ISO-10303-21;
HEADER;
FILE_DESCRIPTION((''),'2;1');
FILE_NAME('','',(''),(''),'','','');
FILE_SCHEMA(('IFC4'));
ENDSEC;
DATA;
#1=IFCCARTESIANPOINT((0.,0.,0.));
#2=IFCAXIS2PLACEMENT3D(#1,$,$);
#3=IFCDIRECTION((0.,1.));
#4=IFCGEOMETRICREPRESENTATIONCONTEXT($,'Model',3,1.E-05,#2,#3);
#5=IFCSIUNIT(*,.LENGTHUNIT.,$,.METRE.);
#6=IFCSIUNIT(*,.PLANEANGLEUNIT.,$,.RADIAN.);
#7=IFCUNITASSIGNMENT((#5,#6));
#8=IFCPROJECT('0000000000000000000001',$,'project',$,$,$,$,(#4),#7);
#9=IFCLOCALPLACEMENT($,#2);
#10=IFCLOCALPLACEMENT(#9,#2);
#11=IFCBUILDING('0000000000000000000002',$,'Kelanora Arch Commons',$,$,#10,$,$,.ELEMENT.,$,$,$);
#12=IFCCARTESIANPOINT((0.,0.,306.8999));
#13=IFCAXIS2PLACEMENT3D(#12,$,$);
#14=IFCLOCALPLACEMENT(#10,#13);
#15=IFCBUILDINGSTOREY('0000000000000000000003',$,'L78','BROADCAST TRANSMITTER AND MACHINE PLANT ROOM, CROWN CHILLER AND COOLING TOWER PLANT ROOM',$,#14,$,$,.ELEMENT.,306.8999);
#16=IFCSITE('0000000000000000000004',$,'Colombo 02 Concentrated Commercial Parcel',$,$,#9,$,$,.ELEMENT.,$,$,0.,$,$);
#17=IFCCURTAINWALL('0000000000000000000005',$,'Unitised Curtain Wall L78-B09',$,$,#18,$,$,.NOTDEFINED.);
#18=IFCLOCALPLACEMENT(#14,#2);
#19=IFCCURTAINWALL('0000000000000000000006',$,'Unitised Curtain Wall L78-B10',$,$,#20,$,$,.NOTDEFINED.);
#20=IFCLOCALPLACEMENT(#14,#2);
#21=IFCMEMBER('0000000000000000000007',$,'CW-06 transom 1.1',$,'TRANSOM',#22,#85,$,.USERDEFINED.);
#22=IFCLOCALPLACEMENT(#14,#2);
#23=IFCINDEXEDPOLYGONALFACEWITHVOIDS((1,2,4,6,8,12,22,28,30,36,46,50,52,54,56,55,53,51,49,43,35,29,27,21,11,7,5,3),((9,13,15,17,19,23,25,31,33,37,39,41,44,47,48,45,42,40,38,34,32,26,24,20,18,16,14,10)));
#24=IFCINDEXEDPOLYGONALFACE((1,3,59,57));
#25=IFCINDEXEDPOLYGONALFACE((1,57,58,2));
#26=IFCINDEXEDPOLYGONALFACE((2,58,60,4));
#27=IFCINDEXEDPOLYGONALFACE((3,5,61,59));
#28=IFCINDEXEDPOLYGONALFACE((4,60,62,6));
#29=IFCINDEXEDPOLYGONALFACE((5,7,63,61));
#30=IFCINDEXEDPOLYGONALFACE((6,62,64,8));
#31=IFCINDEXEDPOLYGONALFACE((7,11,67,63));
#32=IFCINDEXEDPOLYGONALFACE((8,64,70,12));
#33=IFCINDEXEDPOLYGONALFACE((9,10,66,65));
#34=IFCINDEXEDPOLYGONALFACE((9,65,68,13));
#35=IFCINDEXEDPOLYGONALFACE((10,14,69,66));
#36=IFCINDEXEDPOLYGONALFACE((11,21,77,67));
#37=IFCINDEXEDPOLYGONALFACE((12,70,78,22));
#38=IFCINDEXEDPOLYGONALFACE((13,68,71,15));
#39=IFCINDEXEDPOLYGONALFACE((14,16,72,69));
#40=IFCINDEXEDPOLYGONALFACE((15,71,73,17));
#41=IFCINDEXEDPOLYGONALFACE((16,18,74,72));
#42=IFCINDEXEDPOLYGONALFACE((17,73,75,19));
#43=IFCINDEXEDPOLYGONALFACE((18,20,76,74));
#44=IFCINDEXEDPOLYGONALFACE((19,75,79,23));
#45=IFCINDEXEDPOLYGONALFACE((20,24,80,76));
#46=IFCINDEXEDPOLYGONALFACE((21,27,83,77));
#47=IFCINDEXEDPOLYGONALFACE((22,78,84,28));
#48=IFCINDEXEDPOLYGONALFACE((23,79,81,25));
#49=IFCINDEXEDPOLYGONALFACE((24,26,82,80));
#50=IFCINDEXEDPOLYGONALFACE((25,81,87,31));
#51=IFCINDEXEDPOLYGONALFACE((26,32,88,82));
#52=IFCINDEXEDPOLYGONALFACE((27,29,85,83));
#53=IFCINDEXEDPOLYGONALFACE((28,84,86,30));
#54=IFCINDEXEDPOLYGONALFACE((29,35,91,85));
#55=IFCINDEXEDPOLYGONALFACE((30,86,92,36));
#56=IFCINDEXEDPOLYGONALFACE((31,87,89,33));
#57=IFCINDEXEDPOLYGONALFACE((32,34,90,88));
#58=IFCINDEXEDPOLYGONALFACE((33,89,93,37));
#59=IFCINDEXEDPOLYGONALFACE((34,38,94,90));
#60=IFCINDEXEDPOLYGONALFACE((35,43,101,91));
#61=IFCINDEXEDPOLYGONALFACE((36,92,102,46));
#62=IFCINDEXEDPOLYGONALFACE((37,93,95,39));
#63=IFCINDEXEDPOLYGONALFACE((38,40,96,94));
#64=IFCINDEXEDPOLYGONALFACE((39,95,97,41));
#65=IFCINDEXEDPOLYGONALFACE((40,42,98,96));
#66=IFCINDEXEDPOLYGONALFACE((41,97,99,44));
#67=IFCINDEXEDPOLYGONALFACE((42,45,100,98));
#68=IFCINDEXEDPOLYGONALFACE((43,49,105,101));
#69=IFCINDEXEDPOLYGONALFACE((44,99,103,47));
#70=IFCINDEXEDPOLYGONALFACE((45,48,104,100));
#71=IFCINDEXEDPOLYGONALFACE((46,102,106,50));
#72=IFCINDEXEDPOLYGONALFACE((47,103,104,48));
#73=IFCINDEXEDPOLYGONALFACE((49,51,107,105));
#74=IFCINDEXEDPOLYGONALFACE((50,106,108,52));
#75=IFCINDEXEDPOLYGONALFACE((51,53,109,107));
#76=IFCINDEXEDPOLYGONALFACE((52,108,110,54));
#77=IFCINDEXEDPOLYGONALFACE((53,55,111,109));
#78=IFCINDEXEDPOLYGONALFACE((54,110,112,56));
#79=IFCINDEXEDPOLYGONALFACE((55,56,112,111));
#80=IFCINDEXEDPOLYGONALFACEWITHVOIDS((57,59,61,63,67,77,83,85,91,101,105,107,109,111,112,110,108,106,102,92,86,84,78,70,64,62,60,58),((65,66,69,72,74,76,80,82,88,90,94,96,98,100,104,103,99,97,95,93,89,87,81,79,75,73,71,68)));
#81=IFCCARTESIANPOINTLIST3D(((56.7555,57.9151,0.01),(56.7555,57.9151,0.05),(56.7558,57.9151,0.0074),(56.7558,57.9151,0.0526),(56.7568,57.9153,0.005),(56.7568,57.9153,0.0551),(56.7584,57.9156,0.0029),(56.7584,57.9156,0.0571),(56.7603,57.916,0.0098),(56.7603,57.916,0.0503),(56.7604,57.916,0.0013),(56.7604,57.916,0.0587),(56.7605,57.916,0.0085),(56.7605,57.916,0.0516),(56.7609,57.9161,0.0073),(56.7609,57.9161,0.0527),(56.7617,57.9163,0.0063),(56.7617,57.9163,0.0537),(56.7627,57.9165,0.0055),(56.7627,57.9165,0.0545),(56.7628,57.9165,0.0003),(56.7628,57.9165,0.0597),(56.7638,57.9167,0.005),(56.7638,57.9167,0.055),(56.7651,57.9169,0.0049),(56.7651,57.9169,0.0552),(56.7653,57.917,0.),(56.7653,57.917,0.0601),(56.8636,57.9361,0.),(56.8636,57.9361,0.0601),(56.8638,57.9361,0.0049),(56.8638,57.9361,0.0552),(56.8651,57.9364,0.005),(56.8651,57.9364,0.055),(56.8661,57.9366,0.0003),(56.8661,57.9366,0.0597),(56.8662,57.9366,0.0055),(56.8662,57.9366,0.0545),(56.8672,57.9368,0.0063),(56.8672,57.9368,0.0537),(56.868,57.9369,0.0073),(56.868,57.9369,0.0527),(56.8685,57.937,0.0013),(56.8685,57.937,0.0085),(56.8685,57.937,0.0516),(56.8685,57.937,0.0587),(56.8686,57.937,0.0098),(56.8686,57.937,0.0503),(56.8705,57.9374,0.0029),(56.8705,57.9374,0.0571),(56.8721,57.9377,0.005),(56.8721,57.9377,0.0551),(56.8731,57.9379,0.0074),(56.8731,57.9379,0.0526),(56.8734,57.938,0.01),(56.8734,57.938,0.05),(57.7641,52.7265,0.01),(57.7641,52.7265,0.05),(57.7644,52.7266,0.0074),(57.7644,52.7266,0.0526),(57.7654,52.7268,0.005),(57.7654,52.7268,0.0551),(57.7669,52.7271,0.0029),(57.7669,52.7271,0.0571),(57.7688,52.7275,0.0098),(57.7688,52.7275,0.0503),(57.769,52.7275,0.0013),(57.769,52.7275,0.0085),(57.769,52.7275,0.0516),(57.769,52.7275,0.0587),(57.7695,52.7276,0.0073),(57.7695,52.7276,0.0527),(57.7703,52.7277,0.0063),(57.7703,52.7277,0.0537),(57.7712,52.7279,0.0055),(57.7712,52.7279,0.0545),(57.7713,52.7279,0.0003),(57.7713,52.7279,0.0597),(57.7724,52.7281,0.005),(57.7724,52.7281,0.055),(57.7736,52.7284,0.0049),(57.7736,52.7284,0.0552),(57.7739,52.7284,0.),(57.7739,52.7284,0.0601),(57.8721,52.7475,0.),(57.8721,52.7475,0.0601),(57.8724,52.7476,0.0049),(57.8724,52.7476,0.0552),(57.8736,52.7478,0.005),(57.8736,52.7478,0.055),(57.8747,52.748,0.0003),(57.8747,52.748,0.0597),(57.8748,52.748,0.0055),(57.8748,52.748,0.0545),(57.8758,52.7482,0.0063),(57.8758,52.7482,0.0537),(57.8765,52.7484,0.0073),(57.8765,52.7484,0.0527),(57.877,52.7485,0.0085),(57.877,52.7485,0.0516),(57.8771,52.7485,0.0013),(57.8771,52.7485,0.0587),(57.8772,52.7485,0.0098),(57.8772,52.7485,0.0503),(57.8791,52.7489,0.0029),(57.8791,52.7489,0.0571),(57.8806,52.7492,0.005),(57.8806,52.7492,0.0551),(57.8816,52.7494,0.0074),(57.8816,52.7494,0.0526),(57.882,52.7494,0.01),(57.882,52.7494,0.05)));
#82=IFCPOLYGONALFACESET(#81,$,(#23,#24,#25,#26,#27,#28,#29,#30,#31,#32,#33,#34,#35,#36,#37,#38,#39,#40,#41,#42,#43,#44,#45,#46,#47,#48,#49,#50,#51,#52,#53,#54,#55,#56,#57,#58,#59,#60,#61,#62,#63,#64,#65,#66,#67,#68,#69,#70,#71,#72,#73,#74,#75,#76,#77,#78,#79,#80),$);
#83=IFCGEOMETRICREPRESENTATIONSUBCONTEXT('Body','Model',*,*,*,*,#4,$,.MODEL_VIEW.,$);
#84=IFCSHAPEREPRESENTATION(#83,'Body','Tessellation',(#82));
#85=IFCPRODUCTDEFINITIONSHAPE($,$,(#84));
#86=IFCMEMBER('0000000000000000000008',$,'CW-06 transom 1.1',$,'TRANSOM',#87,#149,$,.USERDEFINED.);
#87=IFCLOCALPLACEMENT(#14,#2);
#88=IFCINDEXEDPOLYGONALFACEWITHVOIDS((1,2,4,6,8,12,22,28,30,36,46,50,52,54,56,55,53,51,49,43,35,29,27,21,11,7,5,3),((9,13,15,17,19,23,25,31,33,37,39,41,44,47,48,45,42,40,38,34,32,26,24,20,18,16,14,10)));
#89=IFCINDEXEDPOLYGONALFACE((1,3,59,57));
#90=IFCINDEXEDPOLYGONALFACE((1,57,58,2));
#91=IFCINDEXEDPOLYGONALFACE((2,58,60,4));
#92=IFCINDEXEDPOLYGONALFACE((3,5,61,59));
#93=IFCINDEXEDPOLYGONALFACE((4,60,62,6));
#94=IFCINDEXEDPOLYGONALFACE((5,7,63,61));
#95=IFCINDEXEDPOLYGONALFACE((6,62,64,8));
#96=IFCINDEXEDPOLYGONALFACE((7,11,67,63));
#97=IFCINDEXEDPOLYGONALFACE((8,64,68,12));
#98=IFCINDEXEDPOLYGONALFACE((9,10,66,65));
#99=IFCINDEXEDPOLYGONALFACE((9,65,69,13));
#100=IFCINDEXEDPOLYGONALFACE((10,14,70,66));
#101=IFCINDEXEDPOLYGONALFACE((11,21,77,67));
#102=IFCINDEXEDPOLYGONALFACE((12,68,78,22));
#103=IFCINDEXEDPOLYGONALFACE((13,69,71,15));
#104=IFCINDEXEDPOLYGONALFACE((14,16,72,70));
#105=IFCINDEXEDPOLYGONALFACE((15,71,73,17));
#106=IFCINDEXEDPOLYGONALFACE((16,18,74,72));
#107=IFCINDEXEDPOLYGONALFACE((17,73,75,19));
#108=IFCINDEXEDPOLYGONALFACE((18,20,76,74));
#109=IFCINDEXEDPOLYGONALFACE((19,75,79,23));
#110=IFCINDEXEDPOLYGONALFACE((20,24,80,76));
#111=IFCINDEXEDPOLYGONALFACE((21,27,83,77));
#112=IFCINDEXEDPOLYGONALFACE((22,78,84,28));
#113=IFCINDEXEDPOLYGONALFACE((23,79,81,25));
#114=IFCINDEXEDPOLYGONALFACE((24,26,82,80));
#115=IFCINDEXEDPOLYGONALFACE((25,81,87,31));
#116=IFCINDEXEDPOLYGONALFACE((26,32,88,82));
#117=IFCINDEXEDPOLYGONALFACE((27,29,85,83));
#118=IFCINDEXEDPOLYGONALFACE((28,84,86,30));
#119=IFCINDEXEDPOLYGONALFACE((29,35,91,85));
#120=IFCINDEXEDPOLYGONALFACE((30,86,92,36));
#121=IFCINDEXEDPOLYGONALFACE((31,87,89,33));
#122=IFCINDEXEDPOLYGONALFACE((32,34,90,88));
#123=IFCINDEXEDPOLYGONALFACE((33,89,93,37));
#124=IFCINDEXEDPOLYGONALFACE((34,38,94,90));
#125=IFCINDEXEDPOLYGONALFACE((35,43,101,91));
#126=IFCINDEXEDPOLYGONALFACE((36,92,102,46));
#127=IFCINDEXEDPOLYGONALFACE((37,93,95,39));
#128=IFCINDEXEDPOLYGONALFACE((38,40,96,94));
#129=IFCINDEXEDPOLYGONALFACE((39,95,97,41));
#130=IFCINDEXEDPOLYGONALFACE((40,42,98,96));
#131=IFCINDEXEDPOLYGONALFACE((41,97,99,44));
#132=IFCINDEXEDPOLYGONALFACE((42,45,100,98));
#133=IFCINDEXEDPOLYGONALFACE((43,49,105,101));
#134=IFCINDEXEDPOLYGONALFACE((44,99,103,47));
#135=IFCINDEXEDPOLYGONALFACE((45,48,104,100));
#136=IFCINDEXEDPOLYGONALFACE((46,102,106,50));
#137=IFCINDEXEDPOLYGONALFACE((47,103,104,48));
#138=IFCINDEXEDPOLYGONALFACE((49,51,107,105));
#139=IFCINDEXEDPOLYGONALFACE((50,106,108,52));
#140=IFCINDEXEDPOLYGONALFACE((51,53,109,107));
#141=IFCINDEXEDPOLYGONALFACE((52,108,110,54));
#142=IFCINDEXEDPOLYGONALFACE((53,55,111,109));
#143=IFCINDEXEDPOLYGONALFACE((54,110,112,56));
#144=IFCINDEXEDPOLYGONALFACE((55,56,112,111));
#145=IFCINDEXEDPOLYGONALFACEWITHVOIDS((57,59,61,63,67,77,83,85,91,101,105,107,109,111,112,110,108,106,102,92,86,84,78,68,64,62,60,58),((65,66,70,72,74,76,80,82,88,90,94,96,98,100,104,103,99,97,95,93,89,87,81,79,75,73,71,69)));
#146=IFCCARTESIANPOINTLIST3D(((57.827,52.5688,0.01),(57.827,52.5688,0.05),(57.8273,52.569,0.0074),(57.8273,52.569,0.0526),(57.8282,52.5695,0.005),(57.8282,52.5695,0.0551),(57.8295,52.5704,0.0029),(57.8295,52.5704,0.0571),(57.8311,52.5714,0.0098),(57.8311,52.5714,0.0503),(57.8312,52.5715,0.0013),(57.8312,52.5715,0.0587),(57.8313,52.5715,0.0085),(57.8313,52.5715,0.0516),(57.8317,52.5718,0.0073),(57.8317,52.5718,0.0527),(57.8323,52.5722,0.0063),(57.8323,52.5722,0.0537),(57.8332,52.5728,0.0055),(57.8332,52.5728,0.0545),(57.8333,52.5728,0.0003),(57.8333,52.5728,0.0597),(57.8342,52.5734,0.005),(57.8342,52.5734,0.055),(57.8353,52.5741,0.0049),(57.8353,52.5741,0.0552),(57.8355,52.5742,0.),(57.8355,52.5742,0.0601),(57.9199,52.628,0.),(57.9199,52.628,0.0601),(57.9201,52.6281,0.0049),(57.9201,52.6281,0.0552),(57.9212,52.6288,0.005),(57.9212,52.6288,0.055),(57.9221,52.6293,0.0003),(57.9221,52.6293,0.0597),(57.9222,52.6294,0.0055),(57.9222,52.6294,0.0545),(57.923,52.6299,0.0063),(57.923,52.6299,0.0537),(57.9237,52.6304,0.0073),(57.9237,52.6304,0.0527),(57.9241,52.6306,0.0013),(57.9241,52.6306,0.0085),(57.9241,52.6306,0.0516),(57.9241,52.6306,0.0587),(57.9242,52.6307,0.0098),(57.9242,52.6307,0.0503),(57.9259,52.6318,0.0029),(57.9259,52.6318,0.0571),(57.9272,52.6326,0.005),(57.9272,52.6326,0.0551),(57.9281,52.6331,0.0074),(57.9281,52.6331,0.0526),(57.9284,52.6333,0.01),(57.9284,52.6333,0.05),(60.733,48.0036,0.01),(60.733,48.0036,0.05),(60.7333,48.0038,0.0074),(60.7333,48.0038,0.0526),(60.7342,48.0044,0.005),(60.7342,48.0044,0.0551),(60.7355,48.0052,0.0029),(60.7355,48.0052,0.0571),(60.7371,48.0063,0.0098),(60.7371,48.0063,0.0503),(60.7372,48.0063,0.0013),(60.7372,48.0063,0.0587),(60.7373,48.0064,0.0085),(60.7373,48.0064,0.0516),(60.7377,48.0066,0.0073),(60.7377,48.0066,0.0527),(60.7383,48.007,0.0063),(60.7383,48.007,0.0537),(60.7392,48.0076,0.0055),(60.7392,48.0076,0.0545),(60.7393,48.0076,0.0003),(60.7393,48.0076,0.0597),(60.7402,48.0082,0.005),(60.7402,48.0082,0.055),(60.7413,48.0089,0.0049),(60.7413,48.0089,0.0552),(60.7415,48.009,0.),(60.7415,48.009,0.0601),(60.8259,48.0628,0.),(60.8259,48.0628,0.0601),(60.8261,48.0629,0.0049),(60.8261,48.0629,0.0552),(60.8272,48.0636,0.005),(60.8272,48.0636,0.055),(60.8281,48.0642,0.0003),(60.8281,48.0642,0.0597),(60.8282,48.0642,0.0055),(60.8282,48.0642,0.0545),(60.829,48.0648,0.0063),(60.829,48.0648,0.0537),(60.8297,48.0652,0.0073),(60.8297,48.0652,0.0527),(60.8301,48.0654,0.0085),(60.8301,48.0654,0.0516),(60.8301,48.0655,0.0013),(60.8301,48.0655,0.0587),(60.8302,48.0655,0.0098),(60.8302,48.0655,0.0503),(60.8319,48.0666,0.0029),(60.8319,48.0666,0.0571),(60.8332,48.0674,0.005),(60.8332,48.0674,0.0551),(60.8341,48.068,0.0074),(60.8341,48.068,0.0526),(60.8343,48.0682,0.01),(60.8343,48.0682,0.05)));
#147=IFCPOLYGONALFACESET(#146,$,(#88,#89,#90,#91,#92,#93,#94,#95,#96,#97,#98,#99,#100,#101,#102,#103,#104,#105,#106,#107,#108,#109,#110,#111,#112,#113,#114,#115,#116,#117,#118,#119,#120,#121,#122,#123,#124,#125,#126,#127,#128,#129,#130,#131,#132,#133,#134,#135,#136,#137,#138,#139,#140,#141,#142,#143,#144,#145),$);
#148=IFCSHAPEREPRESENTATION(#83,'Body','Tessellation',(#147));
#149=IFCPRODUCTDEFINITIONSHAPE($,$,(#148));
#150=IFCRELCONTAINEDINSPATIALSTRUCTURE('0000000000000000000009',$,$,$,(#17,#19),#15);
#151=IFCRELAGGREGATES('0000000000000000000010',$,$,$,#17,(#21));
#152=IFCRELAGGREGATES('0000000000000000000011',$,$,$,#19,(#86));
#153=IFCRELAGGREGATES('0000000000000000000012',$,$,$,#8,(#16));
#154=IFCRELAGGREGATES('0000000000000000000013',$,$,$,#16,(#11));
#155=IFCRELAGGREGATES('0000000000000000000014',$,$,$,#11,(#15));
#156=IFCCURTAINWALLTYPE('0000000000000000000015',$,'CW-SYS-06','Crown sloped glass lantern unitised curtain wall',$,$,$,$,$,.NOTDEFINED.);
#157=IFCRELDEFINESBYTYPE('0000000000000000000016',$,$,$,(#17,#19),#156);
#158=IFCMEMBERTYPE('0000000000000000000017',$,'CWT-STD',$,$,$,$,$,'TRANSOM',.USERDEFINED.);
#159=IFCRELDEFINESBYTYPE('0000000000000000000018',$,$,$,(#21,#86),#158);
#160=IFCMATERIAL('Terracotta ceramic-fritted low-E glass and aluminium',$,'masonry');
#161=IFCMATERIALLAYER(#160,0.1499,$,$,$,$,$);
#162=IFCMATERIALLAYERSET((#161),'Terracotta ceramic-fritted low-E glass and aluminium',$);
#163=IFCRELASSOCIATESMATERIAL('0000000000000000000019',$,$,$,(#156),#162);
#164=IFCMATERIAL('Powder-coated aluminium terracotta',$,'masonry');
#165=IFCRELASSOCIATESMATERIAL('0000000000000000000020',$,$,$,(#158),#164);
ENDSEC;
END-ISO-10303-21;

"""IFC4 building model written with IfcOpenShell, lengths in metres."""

from ifc_helpers import new_model, si_unit, direction, frame, origin, origin_2d, place, context, subcontext, project, spatial, hollow_rectangle, extrude, material, layer, layer_set, material_profile, profile_set, type_object, element, aggregate, save


model = new_model("IFC4")

# Units and contexts
model_context = context("Model", 3, precision=1e-05, world=origin(), true_north=direction((0.0, 1.0)))
body_context = subcontext(model_context, "Body", "Model", "MODEL_VIEW")
ifc_project = project(units=[si_unit("LENGTHUNIT", "METRE"), si_unit("PLANEANGLEUNIT", "RADIAN")], contexts=[model_context])

# Site, building, storey
site_placement = place(None, origin())
site = spatial("IfcSite", under=ifc_project, at=site_placement, Name="Colombo 02 Concentrated Commercial Parcel", CompositionType="ELEMENT", RefElevation=0.0)
building_placement = place(site_placement, origin())
building = spatial("IfcBuilding", under=site, at=building_placement, Name="Kelanora Arch Commons", CompositionType="ELEMENT")
storey_placement = place(building_placement, frame((0.0, 0.0, 306.8999)))
storey = spatial("IfcBuildingStorey", under=building, at=storey_placement, Name="L78", Description="BROADCAST TRANSMITTER AND MACHINE PLANT ROOM, CROWN CHILLER AND COOLING TOWER PLANT ROOM", CompositionType="ELEMENT", Elevation=306.8999)

# Curtain walls
ifc_material_1 = material(Name="Terracotta ceramic-fritted low-E glass and aluminium", Category="masonry")
ifc_layer_1 = layer(ifc_material_1, 0.1499)
ifc_layer_set_1 = layer_set([ifc_layer_1], Name="Terracotta ceramic-fritted low-E glass and aluminium")
curtain_wall_type = type_object("IfcCurtainWallType", Name="CW-SYS-06", Description="Crown sloped glass lantern unitised curtain wall", PredefinedType="NOTDEFINED", material=ifc_layer_set_1)
curtain_wall_1_placement = place(storey_placement, origin())
curtain_wall_1 = element("IfcCurtainWall", 1, at=curtain_wall_1_placement, inside=storey, type_object=curtain_wall_type, Name="Unitised Curtain Wall L78-B09", PredefinedType="NOTDEFINED")
ifc_material_2 = material(Name="Powder-coated aluminium terracotta", Category="masonry")
curtain_wall_2_placement = place(storey_placement, origin())
curtain_wall_2 = element("IfcCurtainWall", 2, at=curtain_wall_2_placement, inside=storey, type_object=curtain_wall_type, Name="Unitised Curtain Wall L78-B10", PredefinedType="NOTDEFINED")

# Members
ifc_material_profile_1 = material_profile(ifc_material_2, hollow_rectangle(XDim=0.1201, YDim=0.0601, WallThickness=0.0049, InnerFilletRadius=0.0049, OuterFilletRadius=0.01, at=origin_2d()), Name="CWT120x60")
ifc_profile_set_1 = profile_set([ifc_material_profile_1], Name="Powder-coated aluminium terracotta")
member_type_1 = type_object("IfcMemberType", Name="CWT-STD", ElementType="TRANSOM", PredefinedType="USERDEFINED", material=ifc_profile_set_1)
member_1_placement = place(storey_placement, frame((56.8145, 57.9265, 0.03), z_axis=(0.19081, -0.981627, 0.0), x_axis=(0.981627, 0.19081, 0.0)))
member_1 = element("IfcMember", 3, at=member_1_placement, type_object=member_type_1, Name="CW-06 transom 1.1", ObjectType="TRANSOM", PredefinedType="USERDEFINED", context=body_context, shape_type="SweptSolid", body=[
    extrude(hollow_rectangle(XDim=0.1201, YDim=0.0601, WallThickness=0.0049, InnerFilletRadius=0.0049, OuterFilletRadius=0.01, at=origin_2d()), origin(), (0.0, 0.0, 1.0), 5.2856),
])
member_2_placement = place(storey_placement, frame((57.8777, 52.6011, 0.03), z_axis=(0.536992, -0.843587, 0.0), x_axis=(0.843587, 0.536992, 0.0)))
member_2 = element("IfcMember", 4, at=member_2_placement, type_object=member_type_1, Name="CW-06 transom 1.1", ObjectType="TRANSOM", PredefinedType="USERDEFINED", context=body_context, shape_type="SweptSolid", body=[
    extrude(hollow_rectangle(XDim=0.1201, YDim=0.0601, WallThickness=0.0049, InnerFilletRadius=0.0049, OuterFilletRadius=0.01, at=origin_2d()), origin(), (0.0, 0.0, 1.0), 5.4116),
])

aggregate(curtain_wall_1, [member_1])
aggregate(curtain_wall_2, [member_2])

save(model, "model.ifc")
